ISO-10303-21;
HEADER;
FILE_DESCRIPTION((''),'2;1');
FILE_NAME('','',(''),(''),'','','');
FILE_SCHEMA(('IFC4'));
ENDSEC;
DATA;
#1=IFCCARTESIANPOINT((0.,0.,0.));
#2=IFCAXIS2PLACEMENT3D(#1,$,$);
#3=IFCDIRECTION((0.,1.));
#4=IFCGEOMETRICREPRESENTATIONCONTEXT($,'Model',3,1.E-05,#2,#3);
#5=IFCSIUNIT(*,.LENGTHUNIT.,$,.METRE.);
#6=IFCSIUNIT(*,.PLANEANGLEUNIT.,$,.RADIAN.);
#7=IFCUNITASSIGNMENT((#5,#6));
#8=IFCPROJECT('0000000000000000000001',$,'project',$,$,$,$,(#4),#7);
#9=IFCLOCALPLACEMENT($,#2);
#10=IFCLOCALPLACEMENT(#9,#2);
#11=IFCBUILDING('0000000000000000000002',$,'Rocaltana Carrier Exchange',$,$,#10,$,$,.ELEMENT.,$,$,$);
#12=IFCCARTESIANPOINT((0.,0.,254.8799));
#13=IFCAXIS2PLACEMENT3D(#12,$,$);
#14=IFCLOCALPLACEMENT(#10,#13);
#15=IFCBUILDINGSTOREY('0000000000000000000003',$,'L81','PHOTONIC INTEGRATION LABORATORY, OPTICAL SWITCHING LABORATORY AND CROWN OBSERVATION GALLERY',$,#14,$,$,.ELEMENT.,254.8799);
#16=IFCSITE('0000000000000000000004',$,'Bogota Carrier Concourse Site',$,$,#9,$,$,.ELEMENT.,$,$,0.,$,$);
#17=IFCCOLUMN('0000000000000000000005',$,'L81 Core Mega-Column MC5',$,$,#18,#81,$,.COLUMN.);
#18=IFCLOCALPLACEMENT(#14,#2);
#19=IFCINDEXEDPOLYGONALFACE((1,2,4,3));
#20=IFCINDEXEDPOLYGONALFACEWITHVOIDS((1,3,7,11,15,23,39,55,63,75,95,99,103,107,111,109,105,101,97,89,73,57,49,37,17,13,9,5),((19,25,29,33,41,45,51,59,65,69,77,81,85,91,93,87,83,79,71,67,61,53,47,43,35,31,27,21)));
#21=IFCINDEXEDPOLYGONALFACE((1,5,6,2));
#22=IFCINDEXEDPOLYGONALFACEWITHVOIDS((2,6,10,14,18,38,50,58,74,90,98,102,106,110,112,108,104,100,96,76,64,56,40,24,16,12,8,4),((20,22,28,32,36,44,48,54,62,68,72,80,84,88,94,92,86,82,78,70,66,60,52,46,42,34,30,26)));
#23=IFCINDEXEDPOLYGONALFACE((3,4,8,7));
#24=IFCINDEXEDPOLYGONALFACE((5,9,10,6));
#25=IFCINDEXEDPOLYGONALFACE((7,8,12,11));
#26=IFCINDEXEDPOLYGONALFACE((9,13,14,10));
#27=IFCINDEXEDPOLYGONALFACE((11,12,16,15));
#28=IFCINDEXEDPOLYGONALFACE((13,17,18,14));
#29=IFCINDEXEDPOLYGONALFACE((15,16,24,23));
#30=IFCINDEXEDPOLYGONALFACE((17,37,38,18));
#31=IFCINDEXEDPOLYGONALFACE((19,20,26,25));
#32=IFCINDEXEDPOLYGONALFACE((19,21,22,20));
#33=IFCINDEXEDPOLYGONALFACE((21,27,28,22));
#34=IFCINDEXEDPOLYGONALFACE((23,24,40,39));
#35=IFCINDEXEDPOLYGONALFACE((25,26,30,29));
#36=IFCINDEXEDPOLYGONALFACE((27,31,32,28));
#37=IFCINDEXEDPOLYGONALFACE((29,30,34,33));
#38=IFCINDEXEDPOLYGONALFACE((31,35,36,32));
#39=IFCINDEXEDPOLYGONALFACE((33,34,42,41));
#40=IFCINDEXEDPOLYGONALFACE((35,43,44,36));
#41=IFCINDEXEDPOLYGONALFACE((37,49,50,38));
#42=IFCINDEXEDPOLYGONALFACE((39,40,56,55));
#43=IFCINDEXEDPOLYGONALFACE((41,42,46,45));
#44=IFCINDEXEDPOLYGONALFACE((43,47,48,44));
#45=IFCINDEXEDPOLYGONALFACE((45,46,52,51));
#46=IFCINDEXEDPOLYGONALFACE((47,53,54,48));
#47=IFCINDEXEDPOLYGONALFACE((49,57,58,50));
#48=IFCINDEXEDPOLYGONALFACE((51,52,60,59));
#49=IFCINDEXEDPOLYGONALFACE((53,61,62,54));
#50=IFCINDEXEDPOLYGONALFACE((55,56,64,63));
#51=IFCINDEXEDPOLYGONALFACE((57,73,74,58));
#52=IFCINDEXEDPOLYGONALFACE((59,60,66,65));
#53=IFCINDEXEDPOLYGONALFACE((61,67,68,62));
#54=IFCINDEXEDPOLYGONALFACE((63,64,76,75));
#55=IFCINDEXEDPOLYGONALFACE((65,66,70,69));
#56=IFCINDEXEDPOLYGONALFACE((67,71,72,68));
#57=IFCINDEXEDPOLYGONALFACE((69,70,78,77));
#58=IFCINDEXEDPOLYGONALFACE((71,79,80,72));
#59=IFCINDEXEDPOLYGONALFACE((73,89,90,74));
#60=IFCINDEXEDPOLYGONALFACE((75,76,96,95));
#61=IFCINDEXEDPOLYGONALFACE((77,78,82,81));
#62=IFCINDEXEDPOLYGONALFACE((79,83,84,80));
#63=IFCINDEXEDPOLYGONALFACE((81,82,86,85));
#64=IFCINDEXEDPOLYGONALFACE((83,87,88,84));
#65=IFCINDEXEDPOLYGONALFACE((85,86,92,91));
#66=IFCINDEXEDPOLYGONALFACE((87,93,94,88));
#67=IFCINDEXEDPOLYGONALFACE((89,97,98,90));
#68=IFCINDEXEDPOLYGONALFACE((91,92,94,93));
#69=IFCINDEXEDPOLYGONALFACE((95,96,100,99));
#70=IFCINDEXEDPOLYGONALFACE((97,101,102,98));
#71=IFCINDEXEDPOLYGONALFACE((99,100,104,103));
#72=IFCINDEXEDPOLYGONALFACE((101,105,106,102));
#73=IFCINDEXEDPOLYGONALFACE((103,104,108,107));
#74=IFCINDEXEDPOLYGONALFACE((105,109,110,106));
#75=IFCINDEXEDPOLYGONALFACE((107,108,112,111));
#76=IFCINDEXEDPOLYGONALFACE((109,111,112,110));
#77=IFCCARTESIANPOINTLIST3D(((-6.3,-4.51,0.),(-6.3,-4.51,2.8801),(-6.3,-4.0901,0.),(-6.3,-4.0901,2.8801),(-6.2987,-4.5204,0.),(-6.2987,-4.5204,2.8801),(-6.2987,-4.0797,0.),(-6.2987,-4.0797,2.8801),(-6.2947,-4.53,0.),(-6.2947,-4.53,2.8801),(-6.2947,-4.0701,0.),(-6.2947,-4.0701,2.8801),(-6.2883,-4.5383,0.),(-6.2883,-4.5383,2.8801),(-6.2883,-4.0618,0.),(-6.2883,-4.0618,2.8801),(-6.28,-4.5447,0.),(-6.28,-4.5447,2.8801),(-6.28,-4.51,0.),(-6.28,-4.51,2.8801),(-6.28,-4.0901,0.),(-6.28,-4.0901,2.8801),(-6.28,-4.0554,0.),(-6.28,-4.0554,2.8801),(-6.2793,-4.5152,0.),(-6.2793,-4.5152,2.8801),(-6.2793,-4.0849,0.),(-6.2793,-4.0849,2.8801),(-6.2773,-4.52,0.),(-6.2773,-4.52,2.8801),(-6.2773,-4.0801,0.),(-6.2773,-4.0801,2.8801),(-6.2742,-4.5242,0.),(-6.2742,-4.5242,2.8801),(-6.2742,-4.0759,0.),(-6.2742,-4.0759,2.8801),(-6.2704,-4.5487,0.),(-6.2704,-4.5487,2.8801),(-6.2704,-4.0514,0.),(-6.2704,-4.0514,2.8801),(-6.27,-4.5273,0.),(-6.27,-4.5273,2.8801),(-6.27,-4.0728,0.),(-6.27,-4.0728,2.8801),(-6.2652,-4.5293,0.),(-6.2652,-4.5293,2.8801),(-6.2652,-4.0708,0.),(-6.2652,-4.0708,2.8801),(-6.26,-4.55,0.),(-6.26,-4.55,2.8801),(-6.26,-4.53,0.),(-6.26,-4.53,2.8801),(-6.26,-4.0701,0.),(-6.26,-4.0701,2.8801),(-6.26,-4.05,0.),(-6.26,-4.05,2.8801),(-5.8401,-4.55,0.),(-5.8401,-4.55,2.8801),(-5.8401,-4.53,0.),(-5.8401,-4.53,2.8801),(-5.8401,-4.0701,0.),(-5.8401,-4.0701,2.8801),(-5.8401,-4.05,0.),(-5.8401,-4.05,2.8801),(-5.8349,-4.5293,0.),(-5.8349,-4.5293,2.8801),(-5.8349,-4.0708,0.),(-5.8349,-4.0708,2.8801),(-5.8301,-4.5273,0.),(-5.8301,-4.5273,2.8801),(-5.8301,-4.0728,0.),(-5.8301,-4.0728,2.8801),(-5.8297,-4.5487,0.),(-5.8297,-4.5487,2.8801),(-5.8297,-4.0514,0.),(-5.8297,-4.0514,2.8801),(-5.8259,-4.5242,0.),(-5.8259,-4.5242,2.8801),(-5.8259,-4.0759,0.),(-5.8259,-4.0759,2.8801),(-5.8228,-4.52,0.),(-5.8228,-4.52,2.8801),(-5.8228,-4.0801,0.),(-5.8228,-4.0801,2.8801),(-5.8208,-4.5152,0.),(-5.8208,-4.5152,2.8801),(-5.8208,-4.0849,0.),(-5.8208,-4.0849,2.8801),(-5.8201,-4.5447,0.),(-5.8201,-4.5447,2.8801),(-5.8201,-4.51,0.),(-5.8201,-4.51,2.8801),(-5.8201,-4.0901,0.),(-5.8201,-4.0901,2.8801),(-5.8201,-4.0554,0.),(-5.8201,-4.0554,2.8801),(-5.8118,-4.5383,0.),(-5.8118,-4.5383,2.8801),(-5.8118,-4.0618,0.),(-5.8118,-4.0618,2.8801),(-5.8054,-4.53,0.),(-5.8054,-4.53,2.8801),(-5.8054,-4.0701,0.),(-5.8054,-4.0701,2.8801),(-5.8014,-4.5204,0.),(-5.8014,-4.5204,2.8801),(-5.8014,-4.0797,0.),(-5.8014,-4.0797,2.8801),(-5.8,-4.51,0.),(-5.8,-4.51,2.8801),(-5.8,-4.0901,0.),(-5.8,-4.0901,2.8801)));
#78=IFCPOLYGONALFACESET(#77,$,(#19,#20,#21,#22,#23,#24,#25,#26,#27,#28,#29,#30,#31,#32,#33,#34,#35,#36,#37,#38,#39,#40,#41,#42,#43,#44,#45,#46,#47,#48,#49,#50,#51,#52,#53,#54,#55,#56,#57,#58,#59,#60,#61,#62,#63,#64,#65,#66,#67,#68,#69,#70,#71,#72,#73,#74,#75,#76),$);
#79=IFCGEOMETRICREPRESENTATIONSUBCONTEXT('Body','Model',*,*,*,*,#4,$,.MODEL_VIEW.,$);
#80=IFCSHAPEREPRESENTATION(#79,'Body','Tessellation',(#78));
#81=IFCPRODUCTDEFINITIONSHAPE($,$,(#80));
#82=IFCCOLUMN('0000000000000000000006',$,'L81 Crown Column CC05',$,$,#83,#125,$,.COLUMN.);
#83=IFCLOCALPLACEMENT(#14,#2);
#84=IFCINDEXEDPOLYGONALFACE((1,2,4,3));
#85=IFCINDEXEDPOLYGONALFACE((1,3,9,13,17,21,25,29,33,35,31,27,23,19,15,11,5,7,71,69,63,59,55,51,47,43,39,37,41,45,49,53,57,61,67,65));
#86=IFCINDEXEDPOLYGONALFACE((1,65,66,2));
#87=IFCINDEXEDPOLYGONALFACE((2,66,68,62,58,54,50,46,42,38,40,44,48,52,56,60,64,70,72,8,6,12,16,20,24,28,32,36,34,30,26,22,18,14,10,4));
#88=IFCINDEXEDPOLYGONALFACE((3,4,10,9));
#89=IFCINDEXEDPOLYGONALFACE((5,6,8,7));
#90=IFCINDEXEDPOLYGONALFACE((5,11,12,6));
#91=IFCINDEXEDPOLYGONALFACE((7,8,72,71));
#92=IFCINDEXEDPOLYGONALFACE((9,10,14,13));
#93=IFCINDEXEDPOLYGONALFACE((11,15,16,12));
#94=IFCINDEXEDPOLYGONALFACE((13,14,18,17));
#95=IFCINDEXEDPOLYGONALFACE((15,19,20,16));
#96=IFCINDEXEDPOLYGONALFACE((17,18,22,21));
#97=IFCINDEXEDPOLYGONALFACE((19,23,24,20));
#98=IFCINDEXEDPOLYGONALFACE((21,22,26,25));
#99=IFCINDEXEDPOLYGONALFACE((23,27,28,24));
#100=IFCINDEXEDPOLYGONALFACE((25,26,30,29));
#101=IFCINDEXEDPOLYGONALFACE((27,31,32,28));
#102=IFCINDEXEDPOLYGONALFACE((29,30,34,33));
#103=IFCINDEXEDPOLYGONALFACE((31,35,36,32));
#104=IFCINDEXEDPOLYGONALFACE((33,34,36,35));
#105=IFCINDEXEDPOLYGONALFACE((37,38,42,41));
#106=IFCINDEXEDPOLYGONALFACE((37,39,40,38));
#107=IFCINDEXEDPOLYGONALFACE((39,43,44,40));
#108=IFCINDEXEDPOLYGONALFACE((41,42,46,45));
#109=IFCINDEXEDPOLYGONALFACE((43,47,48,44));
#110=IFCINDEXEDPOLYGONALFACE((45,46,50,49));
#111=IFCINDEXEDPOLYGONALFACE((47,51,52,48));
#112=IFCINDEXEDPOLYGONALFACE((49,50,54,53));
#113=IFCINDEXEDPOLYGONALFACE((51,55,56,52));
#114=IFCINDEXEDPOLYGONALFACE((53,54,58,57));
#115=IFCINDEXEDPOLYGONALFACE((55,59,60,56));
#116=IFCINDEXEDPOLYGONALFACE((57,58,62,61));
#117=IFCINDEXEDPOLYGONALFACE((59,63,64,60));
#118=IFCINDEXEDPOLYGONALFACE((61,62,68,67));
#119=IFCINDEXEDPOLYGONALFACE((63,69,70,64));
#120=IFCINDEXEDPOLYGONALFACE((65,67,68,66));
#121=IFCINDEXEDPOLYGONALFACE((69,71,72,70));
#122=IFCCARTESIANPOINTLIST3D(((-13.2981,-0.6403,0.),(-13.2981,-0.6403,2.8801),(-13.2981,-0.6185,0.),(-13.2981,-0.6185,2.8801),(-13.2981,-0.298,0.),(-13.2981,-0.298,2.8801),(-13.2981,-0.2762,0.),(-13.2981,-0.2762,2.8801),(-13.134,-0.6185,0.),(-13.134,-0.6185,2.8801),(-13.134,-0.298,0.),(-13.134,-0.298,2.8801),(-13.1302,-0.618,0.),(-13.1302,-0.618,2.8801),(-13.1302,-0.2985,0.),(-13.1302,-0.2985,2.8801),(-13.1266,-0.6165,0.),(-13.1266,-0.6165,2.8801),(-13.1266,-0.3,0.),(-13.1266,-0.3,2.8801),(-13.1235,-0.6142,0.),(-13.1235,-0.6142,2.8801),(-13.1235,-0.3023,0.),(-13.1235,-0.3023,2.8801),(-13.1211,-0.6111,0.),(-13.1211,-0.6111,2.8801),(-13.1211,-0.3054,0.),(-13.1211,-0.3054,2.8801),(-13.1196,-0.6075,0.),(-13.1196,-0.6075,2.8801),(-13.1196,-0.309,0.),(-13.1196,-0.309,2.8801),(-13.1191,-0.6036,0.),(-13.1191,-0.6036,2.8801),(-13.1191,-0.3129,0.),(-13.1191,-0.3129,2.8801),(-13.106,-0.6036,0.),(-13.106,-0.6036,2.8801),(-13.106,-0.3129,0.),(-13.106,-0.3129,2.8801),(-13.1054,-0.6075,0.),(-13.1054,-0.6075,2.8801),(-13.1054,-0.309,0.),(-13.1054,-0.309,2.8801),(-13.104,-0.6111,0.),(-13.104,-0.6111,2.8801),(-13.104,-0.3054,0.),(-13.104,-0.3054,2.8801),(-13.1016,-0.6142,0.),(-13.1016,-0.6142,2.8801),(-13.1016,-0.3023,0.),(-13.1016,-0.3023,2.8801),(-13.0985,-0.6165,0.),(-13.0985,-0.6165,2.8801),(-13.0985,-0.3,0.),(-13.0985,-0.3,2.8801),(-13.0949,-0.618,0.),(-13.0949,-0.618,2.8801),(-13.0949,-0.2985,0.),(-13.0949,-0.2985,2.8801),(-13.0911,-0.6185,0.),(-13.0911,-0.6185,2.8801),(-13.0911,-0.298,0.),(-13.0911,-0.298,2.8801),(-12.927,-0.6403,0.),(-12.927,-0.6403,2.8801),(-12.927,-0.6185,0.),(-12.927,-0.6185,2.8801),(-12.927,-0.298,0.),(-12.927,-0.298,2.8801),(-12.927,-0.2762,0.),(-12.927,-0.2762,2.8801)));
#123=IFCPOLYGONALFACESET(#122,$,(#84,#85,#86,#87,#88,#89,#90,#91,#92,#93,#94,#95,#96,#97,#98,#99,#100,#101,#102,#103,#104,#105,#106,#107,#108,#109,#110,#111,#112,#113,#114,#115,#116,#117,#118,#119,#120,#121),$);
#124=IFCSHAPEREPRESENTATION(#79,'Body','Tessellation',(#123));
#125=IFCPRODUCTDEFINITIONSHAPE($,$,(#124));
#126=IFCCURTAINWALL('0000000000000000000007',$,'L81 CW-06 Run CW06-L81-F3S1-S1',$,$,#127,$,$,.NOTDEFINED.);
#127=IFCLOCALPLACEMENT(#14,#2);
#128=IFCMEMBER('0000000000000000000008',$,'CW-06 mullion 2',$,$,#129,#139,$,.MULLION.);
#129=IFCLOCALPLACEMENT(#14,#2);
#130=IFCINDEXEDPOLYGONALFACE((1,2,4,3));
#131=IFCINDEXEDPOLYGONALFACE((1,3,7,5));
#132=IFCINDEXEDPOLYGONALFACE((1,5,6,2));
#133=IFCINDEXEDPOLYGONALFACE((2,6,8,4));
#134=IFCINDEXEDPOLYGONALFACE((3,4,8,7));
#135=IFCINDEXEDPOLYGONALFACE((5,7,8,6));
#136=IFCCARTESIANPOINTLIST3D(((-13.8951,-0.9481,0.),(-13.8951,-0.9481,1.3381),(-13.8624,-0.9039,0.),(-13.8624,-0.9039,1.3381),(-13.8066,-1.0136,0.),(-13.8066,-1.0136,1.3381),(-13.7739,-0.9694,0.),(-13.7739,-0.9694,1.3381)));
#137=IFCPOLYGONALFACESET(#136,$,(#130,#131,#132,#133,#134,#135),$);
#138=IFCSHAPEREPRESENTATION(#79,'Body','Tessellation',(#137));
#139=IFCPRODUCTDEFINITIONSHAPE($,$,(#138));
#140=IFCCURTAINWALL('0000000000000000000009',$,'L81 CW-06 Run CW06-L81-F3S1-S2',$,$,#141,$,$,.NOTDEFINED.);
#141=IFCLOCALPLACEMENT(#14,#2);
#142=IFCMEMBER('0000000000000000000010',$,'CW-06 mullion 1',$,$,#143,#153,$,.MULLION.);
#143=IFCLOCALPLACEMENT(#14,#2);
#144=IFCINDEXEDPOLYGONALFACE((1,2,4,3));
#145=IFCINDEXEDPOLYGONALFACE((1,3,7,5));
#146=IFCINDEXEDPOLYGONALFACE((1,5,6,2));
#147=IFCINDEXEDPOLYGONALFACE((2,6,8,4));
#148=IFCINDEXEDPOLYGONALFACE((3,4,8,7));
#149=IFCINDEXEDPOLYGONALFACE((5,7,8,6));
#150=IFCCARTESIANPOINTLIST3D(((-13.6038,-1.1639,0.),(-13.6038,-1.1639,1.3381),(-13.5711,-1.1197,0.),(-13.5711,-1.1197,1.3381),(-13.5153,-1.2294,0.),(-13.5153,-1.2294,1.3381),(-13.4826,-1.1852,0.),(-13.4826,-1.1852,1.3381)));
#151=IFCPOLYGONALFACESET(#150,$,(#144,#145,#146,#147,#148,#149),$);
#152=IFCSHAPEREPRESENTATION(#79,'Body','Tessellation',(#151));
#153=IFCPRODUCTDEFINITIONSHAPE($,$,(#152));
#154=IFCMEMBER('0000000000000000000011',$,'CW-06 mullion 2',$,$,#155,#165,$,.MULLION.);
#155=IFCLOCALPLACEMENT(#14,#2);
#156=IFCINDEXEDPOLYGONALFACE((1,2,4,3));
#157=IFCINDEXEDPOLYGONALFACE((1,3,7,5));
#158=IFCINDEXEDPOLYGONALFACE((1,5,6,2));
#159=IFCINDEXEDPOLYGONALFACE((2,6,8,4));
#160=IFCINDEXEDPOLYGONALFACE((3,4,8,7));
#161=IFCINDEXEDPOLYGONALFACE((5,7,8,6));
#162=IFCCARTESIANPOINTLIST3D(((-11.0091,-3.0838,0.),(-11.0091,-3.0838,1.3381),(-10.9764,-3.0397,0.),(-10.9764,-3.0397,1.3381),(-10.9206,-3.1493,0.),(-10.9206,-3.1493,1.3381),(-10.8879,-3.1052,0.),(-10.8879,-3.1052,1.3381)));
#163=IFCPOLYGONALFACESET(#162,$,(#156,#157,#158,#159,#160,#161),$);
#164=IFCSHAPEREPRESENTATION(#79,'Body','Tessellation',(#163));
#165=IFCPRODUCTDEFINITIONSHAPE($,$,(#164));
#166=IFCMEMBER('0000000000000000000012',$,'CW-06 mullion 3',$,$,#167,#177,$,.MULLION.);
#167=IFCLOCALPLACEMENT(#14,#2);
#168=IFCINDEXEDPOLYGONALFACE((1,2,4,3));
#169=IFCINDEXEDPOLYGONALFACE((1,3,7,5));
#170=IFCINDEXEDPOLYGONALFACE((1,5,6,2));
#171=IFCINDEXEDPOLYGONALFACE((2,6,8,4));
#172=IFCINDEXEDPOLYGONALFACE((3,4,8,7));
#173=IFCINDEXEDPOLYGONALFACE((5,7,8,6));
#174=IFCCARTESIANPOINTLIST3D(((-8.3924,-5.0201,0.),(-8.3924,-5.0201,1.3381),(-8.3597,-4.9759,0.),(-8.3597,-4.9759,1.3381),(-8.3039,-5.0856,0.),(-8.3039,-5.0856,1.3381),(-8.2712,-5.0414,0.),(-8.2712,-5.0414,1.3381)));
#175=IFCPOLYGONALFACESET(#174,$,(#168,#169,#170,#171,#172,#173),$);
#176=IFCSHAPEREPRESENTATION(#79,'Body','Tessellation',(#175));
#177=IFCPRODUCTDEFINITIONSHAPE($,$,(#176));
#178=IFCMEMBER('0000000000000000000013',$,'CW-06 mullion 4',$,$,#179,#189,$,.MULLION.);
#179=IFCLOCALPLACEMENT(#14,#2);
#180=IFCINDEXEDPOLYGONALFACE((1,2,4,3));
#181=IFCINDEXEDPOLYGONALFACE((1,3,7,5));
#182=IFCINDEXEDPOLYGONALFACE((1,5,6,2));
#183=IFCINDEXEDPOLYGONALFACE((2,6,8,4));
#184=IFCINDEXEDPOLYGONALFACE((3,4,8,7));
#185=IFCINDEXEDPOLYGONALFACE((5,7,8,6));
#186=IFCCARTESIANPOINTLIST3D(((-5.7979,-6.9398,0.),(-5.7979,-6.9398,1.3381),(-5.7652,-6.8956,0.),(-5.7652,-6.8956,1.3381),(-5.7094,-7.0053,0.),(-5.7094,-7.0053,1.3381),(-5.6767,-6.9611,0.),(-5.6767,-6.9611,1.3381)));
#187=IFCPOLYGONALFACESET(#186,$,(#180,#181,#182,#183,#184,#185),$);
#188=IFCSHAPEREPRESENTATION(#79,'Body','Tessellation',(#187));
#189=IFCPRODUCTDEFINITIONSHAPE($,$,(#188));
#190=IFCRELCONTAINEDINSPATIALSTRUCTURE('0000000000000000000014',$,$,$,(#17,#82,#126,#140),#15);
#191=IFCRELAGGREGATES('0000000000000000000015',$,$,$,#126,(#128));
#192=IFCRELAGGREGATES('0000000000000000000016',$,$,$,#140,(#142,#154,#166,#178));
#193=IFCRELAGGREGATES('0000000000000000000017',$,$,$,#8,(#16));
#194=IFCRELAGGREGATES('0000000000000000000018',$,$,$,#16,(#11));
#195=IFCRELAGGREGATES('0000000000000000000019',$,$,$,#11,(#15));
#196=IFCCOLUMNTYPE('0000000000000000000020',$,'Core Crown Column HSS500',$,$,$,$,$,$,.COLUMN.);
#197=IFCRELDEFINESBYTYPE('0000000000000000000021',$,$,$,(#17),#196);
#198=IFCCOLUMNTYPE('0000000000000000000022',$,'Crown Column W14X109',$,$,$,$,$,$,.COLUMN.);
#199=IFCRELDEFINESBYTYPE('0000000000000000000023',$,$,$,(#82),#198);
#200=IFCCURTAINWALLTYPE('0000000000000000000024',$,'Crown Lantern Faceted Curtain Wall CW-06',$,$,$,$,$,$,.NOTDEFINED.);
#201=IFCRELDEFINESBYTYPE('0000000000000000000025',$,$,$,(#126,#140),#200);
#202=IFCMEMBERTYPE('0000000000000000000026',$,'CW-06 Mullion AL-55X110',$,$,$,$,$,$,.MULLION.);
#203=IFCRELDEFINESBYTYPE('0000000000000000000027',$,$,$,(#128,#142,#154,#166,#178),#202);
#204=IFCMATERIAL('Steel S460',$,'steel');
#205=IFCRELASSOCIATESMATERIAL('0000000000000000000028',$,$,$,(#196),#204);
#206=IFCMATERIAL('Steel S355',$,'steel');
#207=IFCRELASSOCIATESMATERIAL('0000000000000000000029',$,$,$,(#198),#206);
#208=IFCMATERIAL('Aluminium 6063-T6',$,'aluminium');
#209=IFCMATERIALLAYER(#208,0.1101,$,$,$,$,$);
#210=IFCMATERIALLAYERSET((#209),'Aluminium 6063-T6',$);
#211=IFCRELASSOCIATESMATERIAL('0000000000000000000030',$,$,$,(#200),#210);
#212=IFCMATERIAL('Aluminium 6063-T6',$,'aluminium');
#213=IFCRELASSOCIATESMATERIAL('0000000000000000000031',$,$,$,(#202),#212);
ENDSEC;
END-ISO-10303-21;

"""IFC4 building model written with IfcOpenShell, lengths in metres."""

from ifc_helpers import new_model, si_unit, direction, frame, origin, origin_2d, place, context, subcontext, project, spatial, rectangle, hollow_rectangle, i_section, extrude, material, layer, layer_set, material_profile, profile_set, type_object, element, aggregate, save


model = new_model("IFC4")

# Units and contexts
model_context = context("Model", 3, precision=1e-05, world=origin(), true_north=direction((0.0, 1.0)))
body_context = subcontext(model_context, "Body", "Model", "MODEL_VIEW")
ifc_project = project(units=[si_unit("LENGTHUNIT", "METRE"), si_unit("PLANEANGLEUNIT", "RADIAN")], contexts=[model_context])

# Site, building, storey
site_placement = place(None, origin())
site = spatial("IfcSite", under=ifc_project, at=site_placement, Name="Bogota Carrier Concourse Site", CompositionType="ELEMENT", RefElevation=0.0)
building_placement = place(site_placement, origin())
building = spatial("IfcBuilding", under=site, at=building_placement, Name="Rocaltana Carrier Exchange", CompositionType="ELEMENT")
storey_placement = place(building_placement, frame((0.0, 0.0, 254.8799)))
storey = spatial("IfcBuildingStorey", under=building, at=storey_placement, Name="L81", Description="PHOTONIC INTEGRATION LABORATORY, OPTICAL SWITCHING LABORATORY AND CROWN OBSERVATION GALLERY", CompositionType="ELEMENT", Elevation=254.8799)

# Columns
ifc_material_1 = material(Name="Steel S460", Category="steel")
ifc_material_profile_1 = material_profile(ifc_material_1, hollow_rectangle(XDim=0.5, YDim=0.5, WallThickness=0.02, InnerFilletRadius=0.02, OuterFilletRadius=0.04, at=origin_2d()), Name="HSS500X500X20")
ifc_profile_set_1 = profile_set([ifc_material_profile_1], Name="Steel S460")
column_type_1 = type_object("IfcColumnType", Name="Core Crown Column HSS500", PredefinedType="COLUMN", material=ifc_profile_set_1)
column_1_placement = place(storey_placement, frame((-6.05, -4.3, 0.0), z_axis=(0.0, 0.0, 1.0), x_axis=(1.0, 0.0, 0.0)))
element("IfcColumn", 1, at=column_1_placement, inside=storey, type_object=column_type_1, Name="L81 Core Mega-Column MC5", PredefinedType="COLUMN", context=body_context, shape_type="SweptSolid", body=[
    extrude(hollow_rectangle(XDim=0.5, YDim=0.5, WallThickness=0.02, InnerFilletRadius=0.02, OuterFilletRadius=0.04, at=origin_2d()), origin(), (0.0, 0.0, 1.0), 2.8801),
])
ifc_material_2 = material(Name="Steel S355", Category="steel")
ifc_material_profile_2 = material_profile(ifc_material_2, i_section(OverallWidth=0.3711, OverallDepth=0.364, WebThickness=0.0132, FlangeThickness=0.0217, FilletRadius=0.0149, at=origin_2d()), Name="W14X109")
ifc_profile_set_2 = profile_set([ifc_material_profile_2], Name="Steel S355")
column_type_2 = type_object("IfcColumnType", Name="Crown Column W14X109", PredefinedType="COLUMN", material=ifc_profile_set_2)
column_2_placement = place(storey_placement, frame((-13.1125, -0.4583, 0.0), z_axis=(0.0, 0.0, 1.0), x_axis=(1.0, 0.0, 0.0)))
element("IfcColumn", 2, at=column_2_placement, inside=storey, type_object=column_type_2, Name="L81 Crown Column CC05", PredefinedType="COLUMN", context=body_context, shape_type="SweptSolid", body=[
    extrude(i_section(OverallWidth=0.3711, OverallDepth=0.364, WebThickness=0.0132, FlangeThickness=0.0217, FilletRadius=0.0149, at=origin_2d()), origin(), (0.0, 0.0, 1.0), 2.8801),
])

# Curtain wall, member
ifc_material_3 = material(Name="Aluminium 6063-T6", Category="aluminium")
ifc_layer_1 = layer(ifc_material_3, 0.1101)
ifc_layer_set_1 = layer_set([ifc_layer_1], Name="Aluminium 6063-T6")
curtain_wall_type = type_object("IfcCurtainWallType", Name="Crown Lantern Faceted Curtain Wall CW-06", PredefinedType="NOTDEFINED", material=ifc_layer_set_1)
curtain_wall_1_placement = place(storey_placement, origin())
curtain_wall_1 = element("IfcCurtainWall", 3, at=curtain_wall_1_placement, inside=storey, type_object=curtain_wall_type, Name="L81 CW-06 Run CW06-L81-F3S1-S1", PredefinedType="NOTDEFINED")
ifc_material_4 = material(Name="Aluminium 6063-T6", Category="aluminium")
ifc_material_profile_3 = material_profile(ifc_material_4, rectangle(XDim=0.0549, YDim=0.1101, at=origin_2d()), Name="AL-55X110")
ifc_profile_set_3 = profile_set([ifc_material_profile_3], Name="Aluminium 6063-T6")
member_type_1 = type_object("IfcMemberType", Name="CW-06 Mullion AL-55X110", PredefinedType="MULLION", material=ifc_profile_set_3)
member_1_placement = place(storey_placement, frame((-13.8345, -0.9587, 0.0), z_axis=(0.0, 0.0, 1.0), x_axis=(0.594814, 0.803863, 0.0)))
member_1 = element("IfcMember", 4, at=member_1_placement, type_object=member_type_1, Name="CW-06 mullion 2", PredefinedType="MULLION", context=body_context, shape_type="SweptSolid", body=[
    extrude(rectangle(XDim=0.0549, YDim=0.1101, at=origin_2d()), origin(), (0.0, 0.0, 1.0), 1.3381),
])
aggregate(curtain_wall_1, [member_1])

# Curtain wall, members
curtain_wall_2_placement = place(storey_placement, origin())
curtain_wall_2 = element("IfcCurtainWall", 5, at=curtain_wall_2_placement, inside=storey, type_object=curtain_wall_type, Name="L81 CW-06 Run CW06-L81-F3S1-S2", PredefinedType="NOTDEFINED")
member_2_placement = place(storey_placement, frame((-13.5432, -1.1746, 0.0), z_axis=(0.0, 0.0, 1.0), x_axis=(0.594818, 0.80386, 0.0)))
member_2 = element("IfcMember", 6, at=member_2_placement, type_object=member_type_1, Name="CW-06 mullion 1", PredefinedType="MULLION", context=body_context, shape_type="SweptSolid", body=[
    extrude(rectangle(XDim=0.0549, YDim=0.1101, at=origin_2d()), origin(), (0.0, 0.0, 1.0), 1.3381),
])
member_3_placement = place(storey_placement, frame((-10.9485, -3.0945, 0.0), z_axis=(0.0, 0.0, 1.0), x_axis=(0.594818, 0.80386, 0.0)))
member_3 = element("IfcMember", 7, at=member_3_placement, type_object=member_type_1, Name="CW-06 mullion 2", PredefinedType="MULLION", context=body_context, shape_type="SweptSolid", body=[
    extrude(rectangle(XDim=0.0549, YDim=0.1101, at=origin_2d()), origin(), (0.0, 0.0, 1.0), 1.3381),
])
member_4_placement = place(storey_placement, frame((-8.3318, -5.0308, 0.0), z_axis=(0.0, 0.0, 1.0), x_axis=(0.594818, 0.80386, 0.0)))
member_4 = element("IfcMember", 8, at=member_4_placement, type_object=member_type_1, Name="CW-06 mullion 3", PredefinedType="MULLION", context=body_context, shape_type="SweptSolid", body=[
    extrude(rectangle(XDim=0.0549, YDim=0.1101, at=origin_2d()), origin(), (0.0, 0.0, 1.0), 1.3381),
])
member_5_placement = place(storey_placement, frame((-5.7373, -6.9504, 0.0), z_axis=(0.0, 0.0, 1.0), x_axis=(0.594818, 0.80386, 0.0)))
member_5 = element("IfcMember", 9, at=member_5_placement, type_object=member_type_1, Name="CW-06 mullion 4", PredefinedType="MULLION", context=body_context, shape_type="SweptSolid", body=[
    extrude(rectangle(XDim=0.0549, YDim=0.1101, at=origin_2d()), origin(), (0.0, 0.0, 1.0), 1.3381),
])

aggregate(curtain_wall_2, [member_2, member_3, member_4, member_5])

save(model, "model.ifc")
